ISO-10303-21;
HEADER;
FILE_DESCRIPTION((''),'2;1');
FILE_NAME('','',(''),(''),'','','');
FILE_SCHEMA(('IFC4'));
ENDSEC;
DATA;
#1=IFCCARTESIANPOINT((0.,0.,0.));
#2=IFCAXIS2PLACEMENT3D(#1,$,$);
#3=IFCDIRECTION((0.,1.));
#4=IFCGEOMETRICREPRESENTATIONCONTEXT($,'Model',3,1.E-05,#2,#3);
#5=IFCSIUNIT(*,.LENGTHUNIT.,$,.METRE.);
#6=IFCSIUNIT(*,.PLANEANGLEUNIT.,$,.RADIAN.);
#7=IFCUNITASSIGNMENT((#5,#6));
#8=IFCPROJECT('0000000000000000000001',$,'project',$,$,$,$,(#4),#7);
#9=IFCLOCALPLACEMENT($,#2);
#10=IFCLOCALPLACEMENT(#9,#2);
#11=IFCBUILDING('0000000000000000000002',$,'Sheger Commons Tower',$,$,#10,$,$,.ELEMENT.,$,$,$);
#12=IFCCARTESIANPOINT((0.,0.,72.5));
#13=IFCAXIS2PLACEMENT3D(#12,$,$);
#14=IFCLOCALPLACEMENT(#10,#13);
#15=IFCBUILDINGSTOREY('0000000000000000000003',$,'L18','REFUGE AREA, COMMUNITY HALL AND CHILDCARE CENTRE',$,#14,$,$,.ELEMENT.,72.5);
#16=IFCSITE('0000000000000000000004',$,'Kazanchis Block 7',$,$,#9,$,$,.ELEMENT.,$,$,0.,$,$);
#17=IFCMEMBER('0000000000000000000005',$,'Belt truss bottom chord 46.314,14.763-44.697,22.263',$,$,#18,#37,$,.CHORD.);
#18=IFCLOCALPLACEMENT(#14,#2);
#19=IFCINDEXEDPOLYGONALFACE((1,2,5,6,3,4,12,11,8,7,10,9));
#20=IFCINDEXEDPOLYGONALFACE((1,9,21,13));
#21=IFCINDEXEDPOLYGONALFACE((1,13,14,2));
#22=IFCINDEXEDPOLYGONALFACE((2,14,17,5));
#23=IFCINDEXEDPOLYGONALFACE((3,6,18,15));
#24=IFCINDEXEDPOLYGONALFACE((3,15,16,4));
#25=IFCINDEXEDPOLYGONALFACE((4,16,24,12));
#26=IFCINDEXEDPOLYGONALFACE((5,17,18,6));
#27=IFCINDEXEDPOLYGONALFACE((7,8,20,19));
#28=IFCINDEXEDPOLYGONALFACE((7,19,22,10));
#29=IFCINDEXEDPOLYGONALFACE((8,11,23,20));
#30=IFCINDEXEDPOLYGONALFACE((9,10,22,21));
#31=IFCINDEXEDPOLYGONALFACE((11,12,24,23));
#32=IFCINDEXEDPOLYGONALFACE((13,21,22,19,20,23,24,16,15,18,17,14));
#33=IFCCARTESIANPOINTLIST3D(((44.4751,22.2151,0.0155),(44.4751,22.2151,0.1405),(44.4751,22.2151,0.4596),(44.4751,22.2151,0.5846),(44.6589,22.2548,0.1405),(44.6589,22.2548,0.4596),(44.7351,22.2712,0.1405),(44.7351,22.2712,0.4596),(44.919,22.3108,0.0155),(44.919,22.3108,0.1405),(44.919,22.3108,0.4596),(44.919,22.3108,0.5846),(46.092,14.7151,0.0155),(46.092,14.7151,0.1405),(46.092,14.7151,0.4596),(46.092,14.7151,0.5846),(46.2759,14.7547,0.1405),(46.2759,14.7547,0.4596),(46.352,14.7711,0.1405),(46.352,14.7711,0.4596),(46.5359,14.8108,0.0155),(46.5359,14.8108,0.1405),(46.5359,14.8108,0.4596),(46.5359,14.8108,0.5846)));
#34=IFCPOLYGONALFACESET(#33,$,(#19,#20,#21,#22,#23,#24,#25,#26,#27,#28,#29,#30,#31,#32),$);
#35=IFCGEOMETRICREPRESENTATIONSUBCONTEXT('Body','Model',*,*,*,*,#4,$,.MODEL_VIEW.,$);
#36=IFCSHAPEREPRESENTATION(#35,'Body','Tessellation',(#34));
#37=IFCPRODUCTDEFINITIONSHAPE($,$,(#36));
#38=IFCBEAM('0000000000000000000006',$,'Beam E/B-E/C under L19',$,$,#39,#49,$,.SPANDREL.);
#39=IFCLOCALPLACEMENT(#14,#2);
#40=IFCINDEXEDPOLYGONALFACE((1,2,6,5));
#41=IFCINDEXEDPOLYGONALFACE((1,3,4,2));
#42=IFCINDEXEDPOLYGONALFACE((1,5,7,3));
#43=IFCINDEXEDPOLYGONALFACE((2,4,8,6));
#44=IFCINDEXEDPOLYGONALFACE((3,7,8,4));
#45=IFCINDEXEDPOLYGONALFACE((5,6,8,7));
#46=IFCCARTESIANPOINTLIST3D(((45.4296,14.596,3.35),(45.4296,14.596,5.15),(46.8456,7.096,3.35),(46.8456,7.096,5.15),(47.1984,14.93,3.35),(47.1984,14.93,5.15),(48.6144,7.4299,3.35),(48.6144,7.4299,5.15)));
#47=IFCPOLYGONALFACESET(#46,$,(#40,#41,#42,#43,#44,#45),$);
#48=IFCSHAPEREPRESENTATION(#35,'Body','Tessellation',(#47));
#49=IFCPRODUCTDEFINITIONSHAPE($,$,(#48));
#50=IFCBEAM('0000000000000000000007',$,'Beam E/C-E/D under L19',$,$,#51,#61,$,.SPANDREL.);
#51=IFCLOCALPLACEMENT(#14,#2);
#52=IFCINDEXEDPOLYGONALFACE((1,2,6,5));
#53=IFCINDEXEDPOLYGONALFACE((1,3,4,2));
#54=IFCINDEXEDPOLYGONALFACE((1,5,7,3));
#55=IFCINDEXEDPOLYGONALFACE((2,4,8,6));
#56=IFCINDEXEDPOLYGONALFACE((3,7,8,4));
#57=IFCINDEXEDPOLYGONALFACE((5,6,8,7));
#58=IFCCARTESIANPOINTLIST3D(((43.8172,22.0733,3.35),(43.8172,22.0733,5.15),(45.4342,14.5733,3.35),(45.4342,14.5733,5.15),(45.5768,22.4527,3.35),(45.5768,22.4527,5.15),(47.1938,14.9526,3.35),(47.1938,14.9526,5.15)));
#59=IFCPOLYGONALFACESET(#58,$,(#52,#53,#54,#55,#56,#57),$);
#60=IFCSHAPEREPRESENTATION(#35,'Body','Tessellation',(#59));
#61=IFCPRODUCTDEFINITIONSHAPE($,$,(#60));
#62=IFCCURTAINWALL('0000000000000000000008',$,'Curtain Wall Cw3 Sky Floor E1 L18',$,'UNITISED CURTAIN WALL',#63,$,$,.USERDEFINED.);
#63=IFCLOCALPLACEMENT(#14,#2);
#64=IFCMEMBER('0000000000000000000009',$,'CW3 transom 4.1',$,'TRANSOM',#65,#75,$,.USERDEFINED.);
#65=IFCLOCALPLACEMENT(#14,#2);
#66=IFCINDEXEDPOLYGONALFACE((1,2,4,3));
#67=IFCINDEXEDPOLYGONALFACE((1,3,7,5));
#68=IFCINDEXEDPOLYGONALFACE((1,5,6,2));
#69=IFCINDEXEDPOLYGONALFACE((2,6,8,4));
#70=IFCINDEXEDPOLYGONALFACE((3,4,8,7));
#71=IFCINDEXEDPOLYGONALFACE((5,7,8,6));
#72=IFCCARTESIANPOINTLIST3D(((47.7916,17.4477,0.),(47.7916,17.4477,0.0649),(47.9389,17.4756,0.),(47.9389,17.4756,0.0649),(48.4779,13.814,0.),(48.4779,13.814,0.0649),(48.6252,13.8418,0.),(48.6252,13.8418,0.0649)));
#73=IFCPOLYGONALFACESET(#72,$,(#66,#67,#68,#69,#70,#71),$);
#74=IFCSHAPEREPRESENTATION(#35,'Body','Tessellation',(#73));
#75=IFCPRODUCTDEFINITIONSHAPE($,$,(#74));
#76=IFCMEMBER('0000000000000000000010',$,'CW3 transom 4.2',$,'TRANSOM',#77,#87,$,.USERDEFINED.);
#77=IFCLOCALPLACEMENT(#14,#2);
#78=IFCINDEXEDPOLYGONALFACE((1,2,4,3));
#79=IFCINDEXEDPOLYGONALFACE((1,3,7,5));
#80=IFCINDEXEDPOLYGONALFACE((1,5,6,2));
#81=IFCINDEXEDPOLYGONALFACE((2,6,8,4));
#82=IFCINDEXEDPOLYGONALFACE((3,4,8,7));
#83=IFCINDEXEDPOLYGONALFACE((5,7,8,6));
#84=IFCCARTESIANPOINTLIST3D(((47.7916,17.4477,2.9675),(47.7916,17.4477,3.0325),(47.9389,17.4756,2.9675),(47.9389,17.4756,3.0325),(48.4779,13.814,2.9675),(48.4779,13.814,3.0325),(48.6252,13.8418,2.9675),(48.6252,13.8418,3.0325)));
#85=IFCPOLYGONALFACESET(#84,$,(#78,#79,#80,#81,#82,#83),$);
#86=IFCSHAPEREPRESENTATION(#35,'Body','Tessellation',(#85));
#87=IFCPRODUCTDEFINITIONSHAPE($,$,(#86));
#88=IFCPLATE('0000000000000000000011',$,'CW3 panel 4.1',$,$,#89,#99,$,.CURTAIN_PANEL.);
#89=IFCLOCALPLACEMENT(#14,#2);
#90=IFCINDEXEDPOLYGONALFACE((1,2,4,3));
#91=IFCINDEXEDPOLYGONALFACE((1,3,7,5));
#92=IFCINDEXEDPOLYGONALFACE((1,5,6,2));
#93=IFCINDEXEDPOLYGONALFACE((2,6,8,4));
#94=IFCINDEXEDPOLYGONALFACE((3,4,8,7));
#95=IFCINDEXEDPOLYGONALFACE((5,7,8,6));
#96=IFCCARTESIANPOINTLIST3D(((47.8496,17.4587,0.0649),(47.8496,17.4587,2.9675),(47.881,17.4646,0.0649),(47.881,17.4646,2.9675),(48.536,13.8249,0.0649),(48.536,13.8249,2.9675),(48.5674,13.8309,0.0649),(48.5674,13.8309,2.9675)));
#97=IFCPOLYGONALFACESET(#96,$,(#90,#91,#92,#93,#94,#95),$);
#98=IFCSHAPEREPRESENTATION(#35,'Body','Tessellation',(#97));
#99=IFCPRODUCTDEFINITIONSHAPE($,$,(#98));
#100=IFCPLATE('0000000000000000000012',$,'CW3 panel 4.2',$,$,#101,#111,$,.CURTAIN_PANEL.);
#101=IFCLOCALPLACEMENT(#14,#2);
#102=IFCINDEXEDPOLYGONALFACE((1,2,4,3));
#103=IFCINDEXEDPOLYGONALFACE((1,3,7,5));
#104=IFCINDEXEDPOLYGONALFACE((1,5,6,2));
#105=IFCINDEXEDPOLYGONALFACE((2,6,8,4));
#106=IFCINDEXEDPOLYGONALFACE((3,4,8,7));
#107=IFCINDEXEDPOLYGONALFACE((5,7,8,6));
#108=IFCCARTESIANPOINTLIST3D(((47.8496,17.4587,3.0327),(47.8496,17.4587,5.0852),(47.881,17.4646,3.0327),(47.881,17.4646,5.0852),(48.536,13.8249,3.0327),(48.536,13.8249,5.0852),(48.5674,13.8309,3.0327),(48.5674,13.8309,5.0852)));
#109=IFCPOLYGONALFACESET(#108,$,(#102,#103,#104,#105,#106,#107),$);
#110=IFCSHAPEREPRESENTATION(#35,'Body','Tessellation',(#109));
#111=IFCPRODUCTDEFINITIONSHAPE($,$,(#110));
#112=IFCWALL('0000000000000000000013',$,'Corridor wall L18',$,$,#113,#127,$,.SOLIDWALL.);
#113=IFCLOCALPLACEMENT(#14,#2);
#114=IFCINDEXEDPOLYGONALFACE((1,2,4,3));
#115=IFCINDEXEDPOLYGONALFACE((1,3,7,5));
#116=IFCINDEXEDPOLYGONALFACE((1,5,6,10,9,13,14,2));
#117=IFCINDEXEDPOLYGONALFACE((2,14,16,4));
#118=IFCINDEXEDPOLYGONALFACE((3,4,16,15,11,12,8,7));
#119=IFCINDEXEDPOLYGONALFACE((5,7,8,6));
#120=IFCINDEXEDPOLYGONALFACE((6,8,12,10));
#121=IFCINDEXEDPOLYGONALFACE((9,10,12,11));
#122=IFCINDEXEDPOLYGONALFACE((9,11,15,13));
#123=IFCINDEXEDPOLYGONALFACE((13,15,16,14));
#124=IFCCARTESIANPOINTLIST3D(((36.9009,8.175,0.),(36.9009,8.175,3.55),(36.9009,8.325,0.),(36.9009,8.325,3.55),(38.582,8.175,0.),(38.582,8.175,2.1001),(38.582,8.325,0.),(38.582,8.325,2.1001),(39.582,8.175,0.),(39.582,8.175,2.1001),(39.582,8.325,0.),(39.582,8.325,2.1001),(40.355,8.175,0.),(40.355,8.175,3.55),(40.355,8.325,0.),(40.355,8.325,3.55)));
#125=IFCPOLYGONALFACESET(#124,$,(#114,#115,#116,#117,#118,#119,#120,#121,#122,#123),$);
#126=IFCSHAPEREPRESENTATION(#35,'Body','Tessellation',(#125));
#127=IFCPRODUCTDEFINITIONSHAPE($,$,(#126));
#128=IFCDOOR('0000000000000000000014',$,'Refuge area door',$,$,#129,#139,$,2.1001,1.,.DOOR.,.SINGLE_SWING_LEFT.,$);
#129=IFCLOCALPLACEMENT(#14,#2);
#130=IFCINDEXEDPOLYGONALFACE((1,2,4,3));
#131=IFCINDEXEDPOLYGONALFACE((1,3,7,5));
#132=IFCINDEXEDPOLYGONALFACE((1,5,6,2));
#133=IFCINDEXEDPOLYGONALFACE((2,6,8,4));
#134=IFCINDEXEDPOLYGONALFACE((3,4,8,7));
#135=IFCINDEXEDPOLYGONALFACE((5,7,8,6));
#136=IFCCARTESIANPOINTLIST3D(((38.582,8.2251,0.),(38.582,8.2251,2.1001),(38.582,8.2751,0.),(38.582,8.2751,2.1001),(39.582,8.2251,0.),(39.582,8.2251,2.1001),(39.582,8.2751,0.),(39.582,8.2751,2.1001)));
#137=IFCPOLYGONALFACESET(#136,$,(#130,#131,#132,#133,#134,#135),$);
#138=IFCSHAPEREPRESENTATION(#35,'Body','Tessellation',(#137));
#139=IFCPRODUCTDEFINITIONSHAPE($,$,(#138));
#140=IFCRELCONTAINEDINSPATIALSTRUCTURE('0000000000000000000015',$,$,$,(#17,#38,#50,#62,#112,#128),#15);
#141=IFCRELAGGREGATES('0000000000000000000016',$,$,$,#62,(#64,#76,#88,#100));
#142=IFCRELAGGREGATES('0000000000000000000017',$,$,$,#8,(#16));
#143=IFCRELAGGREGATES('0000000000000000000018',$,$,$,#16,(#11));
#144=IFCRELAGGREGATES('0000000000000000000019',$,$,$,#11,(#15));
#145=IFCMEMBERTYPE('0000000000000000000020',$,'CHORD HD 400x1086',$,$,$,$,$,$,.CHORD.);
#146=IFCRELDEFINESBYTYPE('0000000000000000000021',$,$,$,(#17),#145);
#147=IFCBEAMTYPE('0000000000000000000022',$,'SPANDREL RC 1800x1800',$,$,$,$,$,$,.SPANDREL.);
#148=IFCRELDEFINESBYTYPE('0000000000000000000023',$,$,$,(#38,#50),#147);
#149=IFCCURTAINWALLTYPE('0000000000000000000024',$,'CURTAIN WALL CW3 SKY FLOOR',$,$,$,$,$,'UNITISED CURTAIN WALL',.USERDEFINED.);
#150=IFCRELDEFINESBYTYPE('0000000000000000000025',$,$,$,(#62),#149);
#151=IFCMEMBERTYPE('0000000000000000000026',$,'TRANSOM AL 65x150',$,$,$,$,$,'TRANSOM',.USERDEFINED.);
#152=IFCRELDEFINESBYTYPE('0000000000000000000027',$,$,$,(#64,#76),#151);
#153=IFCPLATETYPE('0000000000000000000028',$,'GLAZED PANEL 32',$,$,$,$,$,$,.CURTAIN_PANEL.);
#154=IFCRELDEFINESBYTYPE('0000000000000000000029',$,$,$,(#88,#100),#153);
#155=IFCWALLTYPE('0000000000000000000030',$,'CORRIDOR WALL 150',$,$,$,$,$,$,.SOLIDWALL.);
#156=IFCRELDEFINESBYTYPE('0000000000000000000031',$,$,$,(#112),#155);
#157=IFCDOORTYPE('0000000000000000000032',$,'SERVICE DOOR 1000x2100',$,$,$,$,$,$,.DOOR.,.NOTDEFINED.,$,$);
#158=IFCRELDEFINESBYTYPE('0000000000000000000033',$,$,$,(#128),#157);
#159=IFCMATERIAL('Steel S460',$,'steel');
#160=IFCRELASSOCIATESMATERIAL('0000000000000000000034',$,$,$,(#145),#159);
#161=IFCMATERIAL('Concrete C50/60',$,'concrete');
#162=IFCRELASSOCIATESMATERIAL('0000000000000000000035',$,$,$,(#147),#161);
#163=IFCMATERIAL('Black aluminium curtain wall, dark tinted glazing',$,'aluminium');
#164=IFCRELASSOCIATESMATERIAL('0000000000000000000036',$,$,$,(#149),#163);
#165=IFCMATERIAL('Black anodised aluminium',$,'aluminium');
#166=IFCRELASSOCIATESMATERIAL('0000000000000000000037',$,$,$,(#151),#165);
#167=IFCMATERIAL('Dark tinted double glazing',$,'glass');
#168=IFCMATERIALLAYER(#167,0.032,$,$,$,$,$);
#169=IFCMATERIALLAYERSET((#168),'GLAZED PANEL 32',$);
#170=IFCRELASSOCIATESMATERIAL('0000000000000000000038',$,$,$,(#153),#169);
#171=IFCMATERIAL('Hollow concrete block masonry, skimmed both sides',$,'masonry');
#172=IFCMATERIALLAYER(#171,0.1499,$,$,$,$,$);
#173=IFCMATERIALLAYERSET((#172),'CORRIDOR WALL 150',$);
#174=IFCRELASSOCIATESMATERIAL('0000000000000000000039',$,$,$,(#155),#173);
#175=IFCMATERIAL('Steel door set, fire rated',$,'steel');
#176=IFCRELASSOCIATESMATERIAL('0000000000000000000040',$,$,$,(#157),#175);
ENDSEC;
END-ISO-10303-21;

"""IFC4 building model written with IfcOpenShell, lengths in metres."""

from ifc_helpers import new_model, si_unit, direction, frame, frame_2d, origin, origin_2d, place, context, subcontext, project, spatial, rectangle, i_section, extrude, material, layer, layer_set, material_profile, profile_set, type_object, element, fill, aggregate, save


model = new_model("IFC4")

# Units and contexts
model_context = context("Model", 3, precision=1e-05, world=origin(), true_north=direction((0.0, 1.0)))
body_context = subcontext(model_context, "Body", "Model", "MODEL_VIEW")
ifc_project = project(units=[si_unit("LENGTHUNIT", "METRE"), si_unit("PLANEANGLEUNIT", "RADIAN")], contexts=[model_context])

# Site, building, storey
site_placement = place(None, origin())
site = spatial("IfcSite", under=ifc_project, at=site_placement, Name="Kazanchis Block 7", CompositionType="ELEMENT", RefElevation=0.0)
building_placement = place(site_placement, origin())
building = spatial("IfcBuilding", under=site, at=building_placement, Name="Sheger Commons Tower", CompositionType="ELEMENT")
storey_placement = place(building_placement, frame((0.0, 0.0, 72.5)))
storey = spatial("IfcBuildingStorey", under=building, at=storey_placement, Name="L18", Description="REFUGE AREA, COMMUNITY HALL AND CHILDCARE CENTRE", CompositionType="ELEMENT", Elevation=72.5)

# Member
ifc_material_1 = material(Name="Steel S460", Category="steel")
ifc_material_profile_1 = material_profile(ifc_material_1, i_section(OverallWidth=0.4541, OverallDepth=0.5691, WebThickness=0.0779, FlangeThickness=0.125, at=origin_2d()), Name="HD 400x1086")
ifc_profile_set_1 = profile_set([ifc_material_profile_1], Name="Steel S460")
member_type_1 = type_object("IfcMemberType", Name="CHORD HD 400x1086", PredefinedType="CHORD", material=ifc_profile_set_1)
member_1_placement = place(storey_placement, frame((46.314, 14.7629, 0.3), z_axis=(-0.21075, 0.97754, 0.0), x_axis=(-0.97754, -0.21075, 0.0)))
element("IfcMember", 1, at=member_1_placement, inside=storey, type_object=member_type_1, Name="Belt truss bottom chord 46.314,14.763-44.697,22.263", PredefinedType="CHORD", context=body_context, shape_type="SweptSolid", body=[
    extrude(i_section(OverallWidth=0.4541, OverallDepth=0.5691, WebThickness=0.0779, FlangeThickness=0.125, at=origin_2d()), origin(), (0.0, 0.0, 1.0), 7.6724),
])

# Beams
ifc_material_2 = material(Name="Concrete C50/60", Category="concrete")
ifc_material_profile_2 = material_profile(ifc_material_2, rectangle(XDim=1.8, YDim=1.8, at=origin_2d()), Name="RC 1800x1800")
ifc_profile_set_2 = profile_set([ifc_material_profile_2], Name="Concrete C50/60")
beam_type_1 = type_object("IfcBeamType", Name="SPANDREL RC 1800x1800", PredefinedType="SPANDREL", material=ifc_profile_set_2)
beam_1_placement = place(storey_placement, frame((47.73, 7.2629, 4.25), z_axis=(-0.185524, 0.98264, 0.0), x_axis=(-0.98264, -0.185524, 0.0)))
element("IfcBeam", 2, at=beam_1_placement, inside=storey, type_object=beam_type_1, Name="Beam E/B-E/C under L19", PredefinedType="SPANDREL", context=body_context, shape_type="SweptSolid", body=[
    extrude(rectangle(XDim=1.8, YDim=1.8, at=origin_2d()), origin(), (0.0, 0.0, 1.0), 7.6326),
])
beam_2_placement = place(storey_placement, frame((46.314, 14.7629, 4.25), z_axis=(-0.21075, 0.97754, 0.0), x_axis=(-0.97754, -0.21075, 0.0)))
element("IfcBeam", 3, at=beam_2_placement, inside=storey, type_object=beam_type_1, Name="Beam E/C-E/D under L19", PredefinedType="SPANDREL", context=body_context, shape_type="SweptSolid", body=[
    extrude(rectangle(XDim=1.8, YDim=1.8, at=origin_2d()), origin(), (0.0, 0.0, 1.0), 7.6724),
])

# Curtain wall, members, plates
ifc_material_3 = material(Name="Black aluminium curtain wall, dark tinted glazing", Category="aluminium")
curtain_wall_type = type_object("IfcCurtainWallType", Name="CURTAIN WALL CW3 SKY FLOOR", ElementType="UNITISED CURTAIN WALL", PredefinedType="USERDEFINED", material=ifc_material_3)
curtain_wall_placement = place(storey_placement, origin())
curtain_wall = element("IfcCurtainWall", 4, at=curtain_wall_placement, inside=storey, type_object=curtain_wall_type, Name="Curtain Wall Cw3 Sky Floor E1 L18", ObjectType="UNITISED CURTAIN WALL", PredefinedType="USERDEFINED")
ifc_material_4 = material(Name="Black anodised aluminium", Category="aluminium")
ifc_material_profile_3 = material_profile(ifc_material_4, rectangle(XDim=0.1499, YDim=0.0649, at=origin_2d()), Name="AL 65x150")
ifc_profile_set_3 = profile_set([ifc_material_profile_3], Name="Black anodised aluminium")
member_type_2 = type_object("IfcMemberType", Name="TRANSOM AL 65x150", ElementType="TRANSOM", PredefinedType="USERDEFINED", material=ifc_profile_set_3)
member_2_placement = place(storey_placement, frame((48.5515, 13.8279, 0.0325), z_axis=(-0.18558, 0.982629, 0.0), x_axis=(-0.982629, -0.18558, 0.0)))
member_2 = element("IfcMember", 5, at=member_2_placement, type_object=member_type_2, Name="CW3 transom 4.1", ObjectType="TRANSOM", PredefinedType="USERDEFINED", context=body_context, shape_type="SweptSolid", body=[
    extrude(rectangle(XDim=0.1499, YDim=0.0649, at=origin_2d()), origin(), (0.0, 0.0, 1.0), 3.698),
])
member_3_placement = place(storey_placement, frame((48.5515, 13.8279, 3.0), z_axis=(-0.18558, 0.982629, 0.0), x_axis=(-0.982629, -0.18558, 0.0)))
member_3 = element("IfcMember", 6, at=member_3_placement, type_object=member_type_2, Name="CW3 transom 4.2", ObjectType="TRANSOM", PredefinedType="USERDEFINED", context=body_context, shape_type="SweptSolid", body=[
    extrude(rectangle(XDim=0.1499, YDim=0.0649, at=origin_2d()), origin(), (0.0, 0.0, 1.0), 3.698),
])
ifc_material_5 = material(Name="Dark tinted double glazing", Category="glass")
ifc_layer_1 = layer(ifc_material_5, 0.032)
ifc_layer_set_1 = layer_set([ifc_layer_1], Name="GLAZED PANEL 32")
plate_type = type_object("IfcPlateType", Name="GLAZED PANEL 32", PredefinedType="CURTAIN_PANEL", material=ifc_layer_set_1)
plate_1_placement = place(storey_placement, frame((48.2085, 15.6448, 0.0649), z_axis=(0.0, 0.0, 1.0), x_axis=(-0.18561, 0.982624, 0.0)))
plate_1 = element("IfcPlate", 7, at=plate_1_placement, type_object=plate_type, Name="CW3 panel 4.1", PredefinedType="CURTAIN_PANEL", context=body_context, shape_type="SweptSolid", body=[
    extrude(rectangle(XDim=3.698, YDim=0.032, at=origin_2d()), origin(), (0.0, 0.0, 1.0), 2.9026),
])
plate_2_placement = place(storey_placement, frame((48.2085, 15.6448, 3.0327), z_axis=(0.0, 0.0, 1.0), x_axis=(-0.18561, 0.982624, 0.0)))
plate_2 = element("IfcPlate", 8, at=plate_2_placement, type_object=plate_type, Name="CW3 panel 4.2", PredefinedType="CURTAIN_PANEL", context=body_context, shape_type="SweptSolid", body=[
    extrude(rectangle(XDim=3.698, YDim=0.032, at=origin_2d()), origin(), (0.0, 0.0, 1.0), 2.0525),
])
aggregate(curtain_wall, [member_2, member_3, plate_1, plate_2])

# Wall, opening, door
ifc_material_6 = material(Name="Hollow concrete block masonry, skimmed both sides", Category="masonry")
ifc_layer_2 = layer(ifc_material_6, 0.1499)
ifc_layer_set_2 = layer_set([ifc_layer_2], Name="CORRIDOR WALL 150")
wall_type_1 = type_object("IfcWallType", Name="CORRIDOR WALL 150", PredefinedType="SOLIDWALL", material=ifc_layer_set_2)
wall_1_placement = place(storey_placement, frame((40.355, 8.25, 0.0), z_axis=(0.0, 0.0, 1.0), x_axis=(-1.0, 0.0, 0.0)))
wall_1 = element("IfcWall", 9, at=wall_1_placement, inside=storey, type_object=wall_type_1, Name="Corridor wall L18", PredefinedType="SOLIDWALL", context=body_context, shape_type="SweptSolid", body=[
    extrude(rectangle(XDim=3.4541, YDim=0.1499, at=frame_2d((1.7271, 0.0))), origin(), (0.0, 0.0, 1.0), 3.55),
])
opening_1_placement = place(wall_1_placement, frame((0.7729, 0.0, 0.0)))
opening_1 = element("IfcOpeningElement", 10, at=opening_1_placement, cuts=wall_1, PredefinedType="OPENING", context=body_context, shape_type="SweptSolid", body=[
    extrude(rectangle(XDim=1.0, YDim=2.1001, at=frame_2d((0.5, 1.05))), frame((0.0, 0.085, 0.0), z_axis=(0.0, -1.0, 0.0), x_axis=(1.0, 0.0, 0.0)), (0.0, 0.0, 1.0), 0.1699),
])
ifc_material_7 = material(Name="Steel door set, fire rated", Category="steel")
door_type = type_object("IfcDoorType", Name="SERVICE DOOR 1000x2100", OperationType="NOTDEFINED", PredefinedType="DOOR", material=ifc_material_7)
door_1_placement = place(opening_1_placement, origin())
door_1 = element("IfcDoor", 11, at=door_1_placement, inside=storey, type_object=door_type, Name="Refuge area door", OperationType="SINGLE_SWING_LEFT", OverallHeight=2.1001, OverallWidth=1.0, PredefinedType="DOOR", context=body_context, shape_type="SweptSolid", body=[
    extrude(rectangle(XDim=1.0, YDim=2.1001, at=frame_2d((0.5, 1.05))), frame((0.0, 0.0249, 0.0), z_axis=(0.0, -1.0, 0.0), x_axis=(1.0, 0.0, 0.0)), (0.0, 0.0, 1.0), 0.05),
])
fill(opening_1, door_1)

save(model, "model.ifc")
